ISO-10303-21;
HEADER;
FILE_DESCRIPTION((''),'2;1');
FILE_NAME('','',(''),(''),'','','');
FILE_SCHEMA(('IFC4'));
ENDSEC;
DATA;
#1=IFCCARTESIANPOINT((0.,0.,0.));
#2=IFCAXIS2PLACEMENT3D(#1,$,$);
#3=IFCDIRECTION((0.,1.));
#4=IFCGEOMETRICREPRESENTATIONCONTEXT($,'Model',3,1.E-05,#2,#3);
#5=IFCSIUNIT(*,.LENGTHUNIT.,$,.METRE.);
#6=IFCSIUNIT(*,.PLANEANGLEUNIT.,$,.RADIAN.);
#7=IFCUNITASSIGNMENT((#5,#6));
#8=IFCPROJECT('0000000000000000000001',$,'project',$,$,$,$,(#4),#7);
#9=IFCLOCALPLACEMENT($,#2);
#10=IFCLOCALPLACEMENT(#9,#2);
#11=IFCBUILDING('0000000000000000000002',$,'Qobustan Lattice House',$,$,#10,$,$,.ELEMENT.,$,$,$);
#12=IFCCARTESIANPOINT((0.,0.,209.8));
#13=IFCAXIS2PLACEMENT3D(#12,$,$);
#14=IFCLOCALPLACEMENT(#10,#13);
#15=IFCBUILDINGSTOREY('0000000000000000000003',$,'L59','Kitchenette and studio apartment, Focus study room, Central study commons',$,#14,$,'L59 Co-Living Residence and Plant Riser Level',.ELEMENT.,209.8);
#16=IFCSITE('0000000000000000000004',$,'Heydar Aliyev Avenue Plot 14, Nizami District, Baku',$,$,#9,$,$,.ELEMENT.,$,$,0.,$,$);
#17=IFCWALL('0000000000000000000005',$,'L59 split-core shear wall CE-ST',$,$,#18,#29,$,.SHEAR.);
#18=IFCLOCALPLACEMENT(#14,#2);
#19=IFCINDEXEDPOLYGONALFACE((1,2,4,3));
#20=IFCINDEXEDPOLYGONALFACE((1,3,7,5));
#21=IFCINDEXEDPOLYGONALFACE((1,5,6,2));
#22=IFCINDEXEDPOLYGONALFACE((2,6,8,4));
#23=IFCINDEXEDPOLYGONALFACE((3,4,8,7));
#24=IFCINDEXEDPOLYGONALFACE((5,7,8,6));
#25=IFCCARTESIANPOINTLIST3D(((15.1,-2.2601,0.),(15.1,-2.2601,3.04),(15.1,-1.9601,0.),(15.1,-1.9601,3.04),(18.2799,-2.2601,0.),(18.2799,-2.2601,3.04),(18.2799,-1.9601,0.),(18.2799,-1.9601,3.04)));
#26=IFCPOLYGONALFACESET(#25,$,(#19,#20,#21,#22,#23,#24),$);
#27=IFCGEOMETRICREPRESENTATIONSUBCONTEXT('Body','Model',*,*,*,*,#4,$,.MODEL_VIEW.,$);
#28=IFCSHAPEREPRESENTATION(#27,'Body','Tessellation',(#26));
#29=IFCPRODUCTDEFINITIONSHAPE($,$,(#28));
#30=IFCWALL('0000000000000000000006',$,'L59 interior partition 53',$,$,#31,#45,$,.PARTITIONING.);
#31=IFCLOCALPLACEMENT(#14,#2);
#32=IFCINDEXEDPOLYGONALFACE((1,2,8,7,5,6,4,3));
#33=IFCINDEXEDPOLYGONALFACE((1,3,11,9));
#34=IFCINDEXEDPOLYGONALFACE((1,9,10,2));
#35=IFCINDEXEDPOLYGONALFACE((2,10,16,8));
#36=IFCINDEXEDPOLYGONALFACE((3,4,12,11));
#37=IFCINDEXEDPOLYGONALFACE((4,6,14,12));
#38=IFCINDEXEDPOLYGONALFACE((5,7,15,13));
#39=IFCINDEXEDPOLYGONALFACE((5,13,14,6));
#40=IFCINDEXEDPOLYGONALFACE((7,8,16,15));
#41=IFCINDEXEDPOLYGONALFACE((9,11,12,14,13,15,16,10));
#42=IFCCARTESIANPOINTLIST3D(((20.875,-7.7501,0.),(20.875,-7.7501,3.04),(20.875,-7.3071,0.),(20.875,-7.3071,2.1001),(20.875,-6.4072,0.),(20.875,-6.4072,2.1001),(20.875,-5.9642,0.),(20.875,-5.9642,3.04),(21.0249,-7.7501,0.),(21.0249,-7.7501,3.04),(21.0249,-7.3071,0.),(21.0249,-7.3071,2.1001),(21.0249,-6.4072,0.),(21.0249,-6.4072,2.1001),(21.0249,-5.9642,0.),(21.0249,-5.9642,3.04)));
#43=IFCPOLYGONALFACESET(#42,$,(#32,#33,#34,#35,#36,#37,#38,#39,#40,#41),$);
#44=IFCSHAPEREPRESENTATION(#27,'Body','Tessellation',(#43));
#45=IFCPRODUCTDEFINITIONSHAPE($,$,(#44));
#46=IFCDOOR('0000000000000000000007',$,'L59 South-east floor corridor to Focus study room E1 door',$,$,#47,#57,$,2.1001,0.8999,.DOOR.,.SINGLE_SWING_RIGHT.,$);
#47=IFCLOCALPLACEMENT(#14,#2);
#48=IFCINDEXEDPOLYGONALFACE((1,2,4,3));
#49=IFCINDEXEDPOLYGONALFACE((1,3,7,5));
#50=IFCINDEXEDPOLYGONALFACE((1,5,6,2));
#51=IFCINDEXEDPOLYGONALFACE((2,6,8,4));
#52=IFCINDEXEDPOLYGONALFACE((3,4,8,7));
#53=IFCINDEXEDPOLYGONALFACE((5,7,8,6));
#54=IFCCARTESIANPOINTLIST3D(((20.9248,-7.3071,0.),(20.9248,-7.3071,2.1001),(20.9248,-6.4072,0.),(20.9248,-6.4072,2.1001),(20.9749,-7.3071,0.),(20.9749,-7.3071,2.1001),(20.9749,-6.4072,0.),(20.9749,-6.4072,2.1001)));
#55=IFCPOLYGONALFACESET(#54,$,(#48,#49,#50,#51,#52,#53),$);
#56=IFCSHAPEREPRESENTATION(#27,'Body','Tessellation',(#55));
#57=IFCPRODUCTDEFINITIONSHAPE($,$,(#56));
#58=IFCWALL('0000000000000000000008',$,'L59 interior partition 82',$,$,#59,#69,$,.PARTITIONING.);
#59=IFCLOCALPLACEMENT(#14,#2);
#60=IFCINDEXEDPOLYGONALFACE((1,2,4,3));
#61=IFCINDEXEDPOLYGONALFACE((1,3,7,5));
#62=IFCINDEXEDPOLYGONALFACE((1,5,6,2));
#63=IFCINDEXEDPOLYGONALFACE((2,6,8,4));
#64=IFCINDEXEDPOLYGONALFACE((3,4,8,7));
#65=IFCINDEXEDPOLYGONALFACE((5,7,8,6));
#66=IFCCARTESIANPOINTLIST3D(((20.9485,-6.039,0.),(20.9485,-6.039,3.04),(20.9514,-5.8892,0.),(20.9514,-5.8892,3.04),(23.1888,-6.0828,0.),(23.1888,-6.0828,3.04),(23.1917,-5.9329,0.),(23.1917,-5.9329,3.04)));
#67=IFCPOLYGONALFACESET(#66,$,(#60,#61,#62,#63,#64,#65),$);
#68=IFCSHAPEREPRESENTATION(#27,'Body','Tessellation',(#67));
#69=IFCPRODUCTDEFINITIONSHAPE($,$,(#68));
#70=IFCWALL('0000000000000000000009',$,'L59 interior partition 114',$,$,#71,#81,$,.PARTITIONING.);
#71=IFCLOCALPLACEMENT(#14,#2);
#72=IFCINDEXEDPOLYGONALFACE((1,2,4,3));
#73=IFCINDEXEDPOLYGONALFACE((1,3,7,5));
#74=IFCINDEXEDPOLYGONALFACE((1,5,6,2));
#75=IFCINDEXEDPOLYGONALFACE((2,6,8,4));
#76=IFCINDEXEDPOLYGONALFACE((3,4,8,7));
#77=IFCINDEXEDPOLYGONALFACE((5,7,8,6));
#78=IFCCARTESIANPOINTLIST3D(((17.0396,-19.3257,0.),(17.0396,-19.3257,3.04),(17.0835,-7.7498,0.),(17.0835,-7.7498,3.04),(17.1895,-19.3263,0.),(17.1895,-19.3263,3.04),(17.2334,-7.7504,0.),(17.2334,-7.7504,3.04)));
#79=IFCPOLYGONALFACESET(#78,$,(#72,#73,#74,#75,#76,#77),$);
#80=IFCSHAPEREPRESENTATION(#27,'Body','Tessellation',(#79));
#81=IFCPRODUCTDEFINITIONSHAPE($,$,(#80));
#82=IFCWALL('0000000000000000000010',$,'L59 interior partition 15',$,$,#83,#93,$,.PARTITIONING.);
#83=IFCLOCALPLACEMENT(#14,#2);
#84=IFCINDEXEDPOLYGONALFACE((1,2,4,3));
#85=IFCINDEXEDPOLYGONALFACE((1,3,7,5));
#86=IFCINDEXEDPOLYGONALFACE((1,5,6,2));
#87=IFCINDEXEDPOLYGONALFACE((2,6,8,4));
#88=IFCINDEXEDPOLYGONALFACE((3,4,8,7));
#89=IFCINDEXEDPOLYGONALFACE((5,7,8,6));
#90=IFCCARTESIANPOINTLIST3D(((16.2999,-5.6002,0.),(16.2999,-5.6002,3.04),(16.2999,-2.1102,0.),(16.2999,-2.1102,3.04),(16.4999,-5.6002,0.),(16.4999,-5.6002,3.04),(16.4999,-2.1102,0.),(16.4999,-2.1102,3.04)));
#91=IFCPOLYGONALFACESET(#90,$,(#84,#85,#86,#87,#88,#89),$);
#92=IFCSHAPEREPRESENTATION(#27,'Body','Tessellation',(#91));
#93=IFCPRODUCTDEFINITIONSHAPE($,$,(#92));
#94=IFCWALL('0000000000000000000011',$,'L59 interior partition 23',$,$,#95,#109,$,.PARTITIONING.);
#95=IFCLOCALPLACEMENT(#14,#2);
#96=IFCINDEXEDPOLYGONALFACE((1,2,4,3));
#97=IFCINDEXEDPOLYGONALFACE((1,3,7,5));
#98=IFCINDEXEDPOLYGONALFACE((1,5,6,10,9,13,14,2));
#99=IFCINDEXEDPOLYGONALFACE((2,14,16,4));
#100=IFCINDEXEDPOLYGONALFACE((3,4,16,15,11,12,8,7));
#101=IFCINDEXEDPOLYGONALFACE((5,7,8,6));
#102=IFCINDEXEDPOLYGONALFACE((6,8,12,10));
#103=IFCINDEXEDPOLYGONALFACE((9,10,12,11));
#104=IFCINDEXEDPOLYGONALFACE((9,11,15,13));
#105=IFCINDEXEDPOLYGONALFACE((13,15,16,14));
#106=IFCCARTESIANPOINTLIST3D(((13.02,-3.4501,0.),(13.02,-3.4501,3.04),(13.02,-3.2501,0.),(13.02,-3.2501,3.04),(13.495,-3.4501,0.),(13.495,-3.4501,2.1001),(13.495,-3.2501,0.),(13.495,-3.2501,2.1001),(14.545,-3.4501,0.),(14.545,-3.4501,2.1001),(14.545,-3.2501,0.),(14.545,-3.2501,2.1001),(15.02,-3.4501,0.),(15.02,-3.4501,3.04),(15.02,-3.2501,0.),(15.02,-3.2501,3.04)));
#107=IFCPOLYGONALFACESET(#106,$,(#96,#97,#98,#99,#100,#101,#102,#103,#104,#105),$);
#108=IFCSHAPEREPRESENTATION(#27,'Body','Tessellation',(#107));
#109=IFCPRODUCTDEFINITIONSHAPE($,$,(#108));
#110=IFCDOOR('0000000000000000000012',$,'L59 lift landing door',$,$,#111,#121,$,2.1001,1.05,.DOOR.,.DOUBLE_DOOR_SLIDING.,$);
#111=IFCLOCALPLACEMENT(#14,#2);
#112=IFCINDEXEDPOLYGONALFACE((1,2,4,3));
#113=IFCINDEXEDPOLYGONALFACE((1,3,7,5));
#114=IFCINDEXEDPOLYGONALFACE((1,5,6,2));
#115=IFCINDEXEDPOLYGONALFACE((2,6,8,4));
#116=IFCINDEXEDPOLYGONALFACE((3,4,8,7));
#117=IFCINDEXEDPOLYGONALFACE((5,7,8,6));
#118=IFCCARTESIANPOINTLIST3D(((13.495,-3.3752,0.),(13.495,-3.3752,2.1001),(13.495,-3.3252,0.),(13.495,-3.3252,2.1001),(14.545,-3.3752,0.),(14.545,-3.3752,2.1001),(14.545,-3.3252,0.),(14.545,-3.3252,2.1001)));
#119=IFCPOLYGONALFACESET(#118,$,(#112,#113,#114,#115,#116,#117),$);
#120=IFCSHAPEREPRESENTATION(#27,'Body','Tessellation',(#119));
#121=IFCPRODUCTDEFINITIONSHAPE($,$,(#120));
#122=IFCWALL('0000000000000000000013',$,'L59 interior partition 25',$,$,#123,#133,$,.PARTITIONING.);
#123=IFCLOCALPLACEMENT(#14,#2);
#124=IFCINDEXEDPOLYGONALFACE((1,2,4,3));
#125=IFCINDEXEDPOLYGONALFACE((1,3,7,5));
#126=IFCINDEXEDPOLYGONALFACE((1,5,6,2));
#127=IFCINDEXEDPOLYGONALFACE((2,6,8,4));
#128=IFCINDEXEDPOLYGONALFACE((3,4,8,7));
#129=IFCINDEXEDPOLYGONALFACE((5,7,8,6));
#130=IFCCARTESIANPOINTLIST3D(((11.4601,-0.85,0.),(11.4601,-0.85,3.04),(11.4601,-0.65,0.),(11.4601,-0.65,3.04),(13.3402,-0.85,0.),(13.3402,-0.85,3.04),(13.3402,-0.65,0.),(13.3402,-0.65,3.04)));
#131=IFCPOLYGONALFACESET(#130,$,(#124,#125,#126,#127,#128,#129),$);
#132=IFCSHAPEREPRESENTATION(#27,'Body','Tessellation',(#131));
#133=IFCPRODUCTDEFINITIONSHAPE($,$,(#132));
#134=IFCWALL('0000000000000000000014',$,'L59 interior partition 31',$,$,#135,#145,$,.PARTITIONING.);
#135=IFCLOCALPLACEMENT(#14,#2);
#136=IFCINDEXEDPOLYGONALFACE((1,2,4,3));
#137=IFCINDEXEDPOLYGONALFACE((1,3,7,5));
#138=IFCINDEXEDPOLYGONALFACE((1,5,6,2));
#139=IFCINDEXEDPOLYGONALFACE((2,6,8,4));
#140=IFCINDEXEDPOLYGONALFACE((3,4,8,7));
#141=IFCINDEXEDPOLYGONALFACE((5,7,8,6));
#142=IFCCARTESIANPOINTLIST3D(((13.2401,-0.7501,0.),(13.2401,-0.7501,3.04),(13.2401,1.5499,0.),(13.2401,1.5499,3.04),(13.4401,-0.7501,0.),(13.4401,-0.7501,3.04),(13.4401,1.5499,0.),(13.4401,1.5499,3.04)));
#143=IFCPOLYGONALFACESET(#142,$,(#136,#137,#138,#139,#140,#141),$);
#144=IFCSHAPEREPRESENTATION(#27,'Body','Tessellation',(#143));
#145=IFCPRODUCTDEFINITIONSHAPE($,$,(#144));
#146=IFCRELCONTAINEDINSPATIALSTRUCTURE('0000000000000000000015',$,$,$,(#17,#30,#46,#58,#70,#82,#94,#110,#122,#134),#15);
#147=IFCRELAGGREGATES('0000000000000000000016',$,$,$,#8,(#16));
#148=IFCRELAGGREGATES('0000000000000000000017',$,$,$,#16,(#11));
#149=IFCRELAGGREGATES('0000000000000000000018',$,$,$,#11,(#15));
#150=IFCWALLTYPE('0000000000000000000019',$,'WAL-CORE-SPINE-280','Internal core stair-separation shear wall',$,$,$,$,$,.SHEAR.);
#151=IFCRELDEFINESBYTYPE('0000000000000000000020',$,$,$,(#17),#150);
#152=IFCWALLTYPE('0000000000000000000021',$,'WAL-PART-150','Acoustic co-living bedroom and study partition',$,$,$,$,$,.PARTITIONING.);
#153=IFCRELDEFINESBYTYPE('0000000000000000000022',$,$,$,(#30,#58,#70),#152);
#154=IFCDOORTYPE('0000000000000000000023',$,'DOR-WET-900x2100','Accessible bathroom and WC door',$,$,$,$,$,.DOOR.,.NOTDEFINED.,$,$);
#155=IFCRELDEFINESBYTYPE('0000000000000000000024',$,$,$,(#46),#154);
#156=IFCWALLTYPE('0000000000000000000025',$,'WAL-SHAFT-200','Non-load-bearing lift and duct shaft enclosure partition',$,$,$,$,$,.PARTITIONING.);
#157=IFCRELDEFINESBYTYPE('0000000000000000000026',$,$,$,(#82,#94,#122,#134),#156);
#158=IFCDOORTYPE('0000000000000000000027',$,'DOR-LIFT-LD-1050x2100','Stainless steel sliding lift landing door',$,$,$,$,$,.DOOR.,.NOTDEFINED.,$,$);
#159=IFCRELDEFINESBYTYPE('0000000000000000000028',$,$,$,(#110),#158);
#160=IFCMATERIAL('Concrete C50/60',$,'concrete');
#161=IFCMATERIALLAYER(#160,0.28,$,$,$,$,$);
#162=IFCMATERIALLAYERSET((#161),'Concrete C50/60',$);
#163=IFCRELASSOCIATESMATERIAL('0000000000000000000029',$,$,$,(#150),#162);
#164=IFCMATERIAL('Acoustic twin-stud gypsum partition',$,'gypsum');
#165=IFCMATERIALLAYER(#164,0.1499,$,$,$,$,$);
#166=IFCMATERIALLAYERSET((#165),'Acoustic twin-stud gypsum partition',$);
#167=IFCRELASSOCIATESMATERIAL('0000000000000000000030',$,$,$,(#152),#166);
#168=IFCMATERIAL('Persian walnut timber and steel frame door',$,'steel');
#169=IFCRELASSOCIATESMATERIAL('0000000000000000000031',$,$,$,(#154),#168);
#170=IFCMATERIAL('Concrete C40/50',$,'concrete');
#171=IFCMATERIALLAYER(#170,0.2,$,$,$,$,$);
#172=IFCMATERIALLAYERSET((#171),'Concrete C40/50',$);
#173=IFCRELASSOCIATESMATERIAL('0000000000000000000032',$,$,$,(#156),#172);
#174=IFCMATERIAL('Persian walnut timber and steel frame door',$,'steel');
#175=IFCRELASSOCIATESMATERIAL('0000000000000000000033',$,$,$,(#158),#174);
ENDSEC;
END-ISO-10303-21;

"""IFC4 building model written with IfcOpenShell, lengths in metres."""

from ifc_helpers import new_model, si_unit, direction, frame, frame_2d, origin, place, context, subcontext, project, spatial, rectangle, extrude, material, layer, layer_set, type_object, element, fill, save


model = new_model("IFC4")

# Units and contexts
model_context = context("Model", 3, precision=1e-05, world=origin(), true_north=direction((0.0, 1.0)))
body_context = subcontext(model_context, "Body", "Model", "MODEL_VIEW")
ifc_project = project(units=[si_unit("LENGTHUNIT", "METRE"), si_unit("PLANEANGLEUNIT", "RADIAN")], contexts=[model_context])

# Site, building, storey
site_placement = place(None, origin())
site = spatial("IfcSite", under=ifc_project, at=site_placement, Name="Heydar Aliyev Avenue Plot 14, Nizami District, Baku", CompositionType="ELEMENT", RefElevation=0.0)
building_placement = place(site_placement, origin())
building = spatial("IfcBuilding", under=site, at=building_placement, Name="Qobustan Lattice House", CompositionType="ELEMENT")
storey_placement = place(building_placement, frame((0.0, 0.0, 209.8)))
storey = spatial("IfcBuildingStorey", under=building, at=storey_placement, Name="L59", Description="Kitchenette and studio apartment, Focus study room, Central study commons", LongName="L59 Co-Living Residence and Plant Riser Level", CompositionType="ELEMENT", Elevation=209.8)

# Wall
ifc_material_1 = material(Name="Concrete C50/60", Category="concrete")
ifc_layer_1 = layer(ifc_material_1, 0.28)
ifc_layer_set_1 = layer_set([ifc_layer_1], Name="Concrete C50/60")
wall_type_1 = type_object("IfcWallType", Name="WAL-CORE-SPINE-280", Description="Internal core stair-separation shear wall", PredefinedType="SHEAR", material=ifc_layer_set_1)
wall_1_placement = place(storey_placement, frame((15.1001, -2.1101, 0.0), z_axis=(0.0, 0.0, 1.0), x_axis=(1.0, 0.0, 0.0)))
element("IfcWall", 1, at=wall_1_placement, inside=storey, type_object=wall_type_1, Name="L59 split-core shear wall CE-ST", PredefinedType="SHEAR", context=body_context, shape_type="SweptSolid", body=[
    extrude(rectangle(XDim=3.1799, YDim=0.3, at=frame_2d((1.5898, 0.0))), origin(), (0.0, 0.0, 1.0), 3.04),
])

# Wall, opening, door
ifc_material_2 = material(Name="Acoustic twin-stud gypsum partition", Category="gypsum")
ifc_layer_2 = layer(ifc_material_2, 0.1499)
ifc_layer_set_2 = layer_set([ifc_layer_2], Name="Acoustic twin-stud gypsum partition")
wall_type_2 = type_object("IfcWallType", Name="WAL-PART-150", Description="Acoustic co-living bedroom and study partition", PredefinedType="PARTITIONING", material=ifc_layer_set_2)
wall_2_placement = place(storey_placement, frame((20.95, -5.9641, 0.0), z_axis=(0.0, 0.0, 1.0), x_axis=(0.0, -1.0, 0.0)))
wall_2 = element("IfcWall", 2, at=wall_2_placement, inside=storey, type_object=wall_type_2, Name="L59 interior partition 53", PredefinedType="PARTITIONING", context=body_context, shape_type="SweptSolid", body=[
    extrude(rectangle(XDim=1.7859, YDim=0.1499, at=frame_2d((0.8931, 0.0))), origin(), (0.0, 0.0, 1.0), 3.04),
])
opening_1_placement = place(wall_2_placement, frame((0.4431, 0.0, 0.0)))
opening_1 = element("IfcOpeningElement", 3, at=opening_1_placement, cuts=wall_2, PredefinedType="OPENING", context=body_context, shape_type="SweptSolid", body=[
    extrude(rectangle(XDim=0.8999, YDim=2.1001, at=frame_2d((0.45, 1.05))), frame((0.0, 0.085, 0.0), z_axis=(0.0, -1.0, 0.0), x_axis=(1.0, 0.0, 0.0)), (0.0, 0.0, 1.0), 0.1699),
])
ifc_material_3 = material(Name="Persian walnut timber and steel frame door", Category="steel")
door_type_1 = type_object("IfcDoorType", Name="DOR-WET-900x2100", Description="Accessible bathroom and WC door", OperationType="NOTDEFINED", PredefinedType="DOOR", material=ifc_material_3)
door_1_placement = place(opening_1_placement, origin())
door_1 = element("IfcDoor", 4, at=door_1_placement, inside=storey, type_object=door_type_1, Name="L59 South-east floor corridor to Focus study room E1 door", OperationType="SINGLE_SWING_RIGHT", OverallHeight=2.1001, OverallWidth=0.8999, PredefinedType="DOOR", context=body_context, shape_type="SweptSolid", body=[
    extrude(rectangle(XDim=0.8999, YDim=2.1001, at=frame_2d((0.45, 1.05))), frame((0.0, 0.0249, 0.0), z_axis=(0.0, -1.0, 0.0), x_axis=(1.0, 0.0, 0.0)), (0.0, 0.0, 1.0), 0.05),
])
fill(opening_1, door_1)

# Walls
wall_3_placement = place(storey_placement, frame((20.95, -5.9641, 0.0), z_axis=(0.0, 0.0, 1.0), x_axis=(0.99981, -0.019504, 0.0)))
element("IfcWall", 5, at=wall_3_placement, inside=storey, type_object=wall_type_2, Name="L59 interior partition 82", PredefinedType="PARTITIONING", context=body_context, shape_type="SweptSolid", body=[
    extrude(rectangle(XDim=2.2407, YDim=0.1499, at=frame_2d((1.1204, 0.0))), origin(), (0.0, 0.0, 1.0), 3.04),
])
wall_4_placement = place(storey_placement, frame((17.1584, -7.75, 0.0), z_axis=(0.0, 0.0, 1.0), x_axis=(-0.003796, -0.999993, 0.0)))
element("IfcWall", 6, at=wall_4_placement, inside=storey, type_object=wall_type_2, Name="L59 interior partition 114", PredefinedType="PARTITIONING", context=body_context, shape_type="SweptSolid", body=[
    extrude(rectangle(XDim=11.5759, YDim=0.1499, at=frame_2d((5.7881, 0.0))), origin(), (0.0, 0.0, 1.0), 3.04),
])
ifc_material_4 = material(Name="Concrete C40/50", Category="concrete")
ifc_layer_3 = layer(ifc_material_4, 0.2)
ifc_layer_set_3 = layer_set([ifc_layer_3], Name="Concrete C40/50")
wall_type_3 = type_object("IfcWallType", Name="WAL-SHAFT-200", Description="Non-load-bearing lift and duct shaft enclosure partition", PredefinedType="PARTITIONING", material=ifc_layer_set_3)
wall_5_placement = place(storey_placement, frame((16.3999, -2.1101, 0.0), z_axis=(0.0, 0.0, 1.0), x_axis=(0.0, -1.0, 0.0)))
element("IfcWall", 7, at=wall_5_placement, inside=storey, type_object=wall_type_3, Name="L59 interior partition 15", PredefinedType="PARTITIONING", context=body_context, shape_type="SweptSolid", body=[
    extrude(rectangle(XDim=3.49, YDim=0.2, at=frame_2d((1.7451, 0.0))), origin(), (0.0, 0.0, 1.0), 3.04),
])

# Wall, opening, door
wall_6_placement = place(storey_placement, frame((13.02, -3.3501, 0.0), z_axis=(0.0, 0.0, 1.0), x_axis=(1.0, 0.0, 0.0)))
wall_6 = element("IfcWall", 8, at=wall_6_placement, inside=storey, type_object=wall_type_3, Name="L59 interior partition 23", PredefinedType="PARTITIONING", context=body_context, shape_type="SweptSolid", body=[
    extrude(rectangle(XDim=2.0, YDim=0.2, at=frame_2d((1.0, 0.0))), origin(), (0.0, 0.0, 1.0), 3.04),
])
opening_2_placement = place(wall_6_placement, frame((0.4751, 0.0, 0.0)))
opening_2 = element("IfcOpeningElement", 9, at=opening_2_placement, cuts=wall_6, PredefinedType="OPENING", context=body_context, shape_type="SweptSolid", body=[
    extrude(rectangle(XDim=1.05, YDim=2.1001, at=frame_2d((0.5249, 1.05))), frame((0.0, 0.1099, 0.0), z_axis=(0.0, -1.0, 0.0), x_axis=(1.0, 0.0, 0.0)), (0.0, 0.0, 1.0), 0.22),
])
ifc_material_5 = material(Name="Persian walnut timber and steel frame door", Category="steel")
door_type_2 = type_object("IfcDoorType", Name="DOR-LIFT-LD-1050x2100", Description="Stainless steel sliding lift landing door", OperationType="NOTDEFINED", PredefinedType="DOOR", material=ifc_material_5)
door_2_placement = place(opening_2_placement, origin())
door_2 = element("IfcDoor", 10, at=door_2_placement, inside=storey, type_object=door_type_2, Name="L59 lift landing door", OperationType="DOUBLE_DOOR_SLIDING", OverallHeight=2.1001, OverallWidth=1.05, PredefinedType="DOOR", context=body_context, shape_type="SweptSolid", body=[
    extrude(rectangle(XDim=1.05, YDim=2.1001, at=frame_2d((0.5249, 1.05))), frame((0.0, 0.0249, 0.0), z_axis=(0.0, -1.0, 0.0), x_axis=(1.0, 0.0, 0.0)), (0.0, 0.0, 1.0), 0.05),
])
fill(opening_2, door_2)

# Walls
wall_7_placement = place(storey_placement, frame((13.3401, -0.75, 0.0), z_axis=(0.0, 0.0, 1.0), x_axis=(-1.0, 0.0, 0.0)))
element("IfcWall", 11, at=wall_7_placement, inside=storey, type_object=wall_type_3, Name="L59 interior partition 25", PredefinedType="PARTITIONING", context=body_context, shape_type="SweptSolid", body=[
    extrude(rectangle(XDim=1.8801, YDim=0.2, at=frame_2d((0.9399, 0.0))), origin(), (0.0, 0.0, 1.0), 3.04),
])
wall_8_placement = place(storey_placement, frame((13.3401, -0.75, 0.0), z_axis=(0.0, 0.0, 1.0), x_axis=(0.0, 1.0, 0.0)))
element("IfcWall", 12, at=wall_8_placement, inside=storey, type_object=wall_type_3, Name="L59 interior partition 31", PredefinedType="PARTITIONING", context=body_context, shape_type="SweptSolid", body=[
    extrude(rectangle(XDim=2.3, YDim=0.2, at=frame_2d((1.1499, 0.0))), origin(), (0.0, 0.0, 1.0), 3.04),
])

save(model, "model.ifc")
